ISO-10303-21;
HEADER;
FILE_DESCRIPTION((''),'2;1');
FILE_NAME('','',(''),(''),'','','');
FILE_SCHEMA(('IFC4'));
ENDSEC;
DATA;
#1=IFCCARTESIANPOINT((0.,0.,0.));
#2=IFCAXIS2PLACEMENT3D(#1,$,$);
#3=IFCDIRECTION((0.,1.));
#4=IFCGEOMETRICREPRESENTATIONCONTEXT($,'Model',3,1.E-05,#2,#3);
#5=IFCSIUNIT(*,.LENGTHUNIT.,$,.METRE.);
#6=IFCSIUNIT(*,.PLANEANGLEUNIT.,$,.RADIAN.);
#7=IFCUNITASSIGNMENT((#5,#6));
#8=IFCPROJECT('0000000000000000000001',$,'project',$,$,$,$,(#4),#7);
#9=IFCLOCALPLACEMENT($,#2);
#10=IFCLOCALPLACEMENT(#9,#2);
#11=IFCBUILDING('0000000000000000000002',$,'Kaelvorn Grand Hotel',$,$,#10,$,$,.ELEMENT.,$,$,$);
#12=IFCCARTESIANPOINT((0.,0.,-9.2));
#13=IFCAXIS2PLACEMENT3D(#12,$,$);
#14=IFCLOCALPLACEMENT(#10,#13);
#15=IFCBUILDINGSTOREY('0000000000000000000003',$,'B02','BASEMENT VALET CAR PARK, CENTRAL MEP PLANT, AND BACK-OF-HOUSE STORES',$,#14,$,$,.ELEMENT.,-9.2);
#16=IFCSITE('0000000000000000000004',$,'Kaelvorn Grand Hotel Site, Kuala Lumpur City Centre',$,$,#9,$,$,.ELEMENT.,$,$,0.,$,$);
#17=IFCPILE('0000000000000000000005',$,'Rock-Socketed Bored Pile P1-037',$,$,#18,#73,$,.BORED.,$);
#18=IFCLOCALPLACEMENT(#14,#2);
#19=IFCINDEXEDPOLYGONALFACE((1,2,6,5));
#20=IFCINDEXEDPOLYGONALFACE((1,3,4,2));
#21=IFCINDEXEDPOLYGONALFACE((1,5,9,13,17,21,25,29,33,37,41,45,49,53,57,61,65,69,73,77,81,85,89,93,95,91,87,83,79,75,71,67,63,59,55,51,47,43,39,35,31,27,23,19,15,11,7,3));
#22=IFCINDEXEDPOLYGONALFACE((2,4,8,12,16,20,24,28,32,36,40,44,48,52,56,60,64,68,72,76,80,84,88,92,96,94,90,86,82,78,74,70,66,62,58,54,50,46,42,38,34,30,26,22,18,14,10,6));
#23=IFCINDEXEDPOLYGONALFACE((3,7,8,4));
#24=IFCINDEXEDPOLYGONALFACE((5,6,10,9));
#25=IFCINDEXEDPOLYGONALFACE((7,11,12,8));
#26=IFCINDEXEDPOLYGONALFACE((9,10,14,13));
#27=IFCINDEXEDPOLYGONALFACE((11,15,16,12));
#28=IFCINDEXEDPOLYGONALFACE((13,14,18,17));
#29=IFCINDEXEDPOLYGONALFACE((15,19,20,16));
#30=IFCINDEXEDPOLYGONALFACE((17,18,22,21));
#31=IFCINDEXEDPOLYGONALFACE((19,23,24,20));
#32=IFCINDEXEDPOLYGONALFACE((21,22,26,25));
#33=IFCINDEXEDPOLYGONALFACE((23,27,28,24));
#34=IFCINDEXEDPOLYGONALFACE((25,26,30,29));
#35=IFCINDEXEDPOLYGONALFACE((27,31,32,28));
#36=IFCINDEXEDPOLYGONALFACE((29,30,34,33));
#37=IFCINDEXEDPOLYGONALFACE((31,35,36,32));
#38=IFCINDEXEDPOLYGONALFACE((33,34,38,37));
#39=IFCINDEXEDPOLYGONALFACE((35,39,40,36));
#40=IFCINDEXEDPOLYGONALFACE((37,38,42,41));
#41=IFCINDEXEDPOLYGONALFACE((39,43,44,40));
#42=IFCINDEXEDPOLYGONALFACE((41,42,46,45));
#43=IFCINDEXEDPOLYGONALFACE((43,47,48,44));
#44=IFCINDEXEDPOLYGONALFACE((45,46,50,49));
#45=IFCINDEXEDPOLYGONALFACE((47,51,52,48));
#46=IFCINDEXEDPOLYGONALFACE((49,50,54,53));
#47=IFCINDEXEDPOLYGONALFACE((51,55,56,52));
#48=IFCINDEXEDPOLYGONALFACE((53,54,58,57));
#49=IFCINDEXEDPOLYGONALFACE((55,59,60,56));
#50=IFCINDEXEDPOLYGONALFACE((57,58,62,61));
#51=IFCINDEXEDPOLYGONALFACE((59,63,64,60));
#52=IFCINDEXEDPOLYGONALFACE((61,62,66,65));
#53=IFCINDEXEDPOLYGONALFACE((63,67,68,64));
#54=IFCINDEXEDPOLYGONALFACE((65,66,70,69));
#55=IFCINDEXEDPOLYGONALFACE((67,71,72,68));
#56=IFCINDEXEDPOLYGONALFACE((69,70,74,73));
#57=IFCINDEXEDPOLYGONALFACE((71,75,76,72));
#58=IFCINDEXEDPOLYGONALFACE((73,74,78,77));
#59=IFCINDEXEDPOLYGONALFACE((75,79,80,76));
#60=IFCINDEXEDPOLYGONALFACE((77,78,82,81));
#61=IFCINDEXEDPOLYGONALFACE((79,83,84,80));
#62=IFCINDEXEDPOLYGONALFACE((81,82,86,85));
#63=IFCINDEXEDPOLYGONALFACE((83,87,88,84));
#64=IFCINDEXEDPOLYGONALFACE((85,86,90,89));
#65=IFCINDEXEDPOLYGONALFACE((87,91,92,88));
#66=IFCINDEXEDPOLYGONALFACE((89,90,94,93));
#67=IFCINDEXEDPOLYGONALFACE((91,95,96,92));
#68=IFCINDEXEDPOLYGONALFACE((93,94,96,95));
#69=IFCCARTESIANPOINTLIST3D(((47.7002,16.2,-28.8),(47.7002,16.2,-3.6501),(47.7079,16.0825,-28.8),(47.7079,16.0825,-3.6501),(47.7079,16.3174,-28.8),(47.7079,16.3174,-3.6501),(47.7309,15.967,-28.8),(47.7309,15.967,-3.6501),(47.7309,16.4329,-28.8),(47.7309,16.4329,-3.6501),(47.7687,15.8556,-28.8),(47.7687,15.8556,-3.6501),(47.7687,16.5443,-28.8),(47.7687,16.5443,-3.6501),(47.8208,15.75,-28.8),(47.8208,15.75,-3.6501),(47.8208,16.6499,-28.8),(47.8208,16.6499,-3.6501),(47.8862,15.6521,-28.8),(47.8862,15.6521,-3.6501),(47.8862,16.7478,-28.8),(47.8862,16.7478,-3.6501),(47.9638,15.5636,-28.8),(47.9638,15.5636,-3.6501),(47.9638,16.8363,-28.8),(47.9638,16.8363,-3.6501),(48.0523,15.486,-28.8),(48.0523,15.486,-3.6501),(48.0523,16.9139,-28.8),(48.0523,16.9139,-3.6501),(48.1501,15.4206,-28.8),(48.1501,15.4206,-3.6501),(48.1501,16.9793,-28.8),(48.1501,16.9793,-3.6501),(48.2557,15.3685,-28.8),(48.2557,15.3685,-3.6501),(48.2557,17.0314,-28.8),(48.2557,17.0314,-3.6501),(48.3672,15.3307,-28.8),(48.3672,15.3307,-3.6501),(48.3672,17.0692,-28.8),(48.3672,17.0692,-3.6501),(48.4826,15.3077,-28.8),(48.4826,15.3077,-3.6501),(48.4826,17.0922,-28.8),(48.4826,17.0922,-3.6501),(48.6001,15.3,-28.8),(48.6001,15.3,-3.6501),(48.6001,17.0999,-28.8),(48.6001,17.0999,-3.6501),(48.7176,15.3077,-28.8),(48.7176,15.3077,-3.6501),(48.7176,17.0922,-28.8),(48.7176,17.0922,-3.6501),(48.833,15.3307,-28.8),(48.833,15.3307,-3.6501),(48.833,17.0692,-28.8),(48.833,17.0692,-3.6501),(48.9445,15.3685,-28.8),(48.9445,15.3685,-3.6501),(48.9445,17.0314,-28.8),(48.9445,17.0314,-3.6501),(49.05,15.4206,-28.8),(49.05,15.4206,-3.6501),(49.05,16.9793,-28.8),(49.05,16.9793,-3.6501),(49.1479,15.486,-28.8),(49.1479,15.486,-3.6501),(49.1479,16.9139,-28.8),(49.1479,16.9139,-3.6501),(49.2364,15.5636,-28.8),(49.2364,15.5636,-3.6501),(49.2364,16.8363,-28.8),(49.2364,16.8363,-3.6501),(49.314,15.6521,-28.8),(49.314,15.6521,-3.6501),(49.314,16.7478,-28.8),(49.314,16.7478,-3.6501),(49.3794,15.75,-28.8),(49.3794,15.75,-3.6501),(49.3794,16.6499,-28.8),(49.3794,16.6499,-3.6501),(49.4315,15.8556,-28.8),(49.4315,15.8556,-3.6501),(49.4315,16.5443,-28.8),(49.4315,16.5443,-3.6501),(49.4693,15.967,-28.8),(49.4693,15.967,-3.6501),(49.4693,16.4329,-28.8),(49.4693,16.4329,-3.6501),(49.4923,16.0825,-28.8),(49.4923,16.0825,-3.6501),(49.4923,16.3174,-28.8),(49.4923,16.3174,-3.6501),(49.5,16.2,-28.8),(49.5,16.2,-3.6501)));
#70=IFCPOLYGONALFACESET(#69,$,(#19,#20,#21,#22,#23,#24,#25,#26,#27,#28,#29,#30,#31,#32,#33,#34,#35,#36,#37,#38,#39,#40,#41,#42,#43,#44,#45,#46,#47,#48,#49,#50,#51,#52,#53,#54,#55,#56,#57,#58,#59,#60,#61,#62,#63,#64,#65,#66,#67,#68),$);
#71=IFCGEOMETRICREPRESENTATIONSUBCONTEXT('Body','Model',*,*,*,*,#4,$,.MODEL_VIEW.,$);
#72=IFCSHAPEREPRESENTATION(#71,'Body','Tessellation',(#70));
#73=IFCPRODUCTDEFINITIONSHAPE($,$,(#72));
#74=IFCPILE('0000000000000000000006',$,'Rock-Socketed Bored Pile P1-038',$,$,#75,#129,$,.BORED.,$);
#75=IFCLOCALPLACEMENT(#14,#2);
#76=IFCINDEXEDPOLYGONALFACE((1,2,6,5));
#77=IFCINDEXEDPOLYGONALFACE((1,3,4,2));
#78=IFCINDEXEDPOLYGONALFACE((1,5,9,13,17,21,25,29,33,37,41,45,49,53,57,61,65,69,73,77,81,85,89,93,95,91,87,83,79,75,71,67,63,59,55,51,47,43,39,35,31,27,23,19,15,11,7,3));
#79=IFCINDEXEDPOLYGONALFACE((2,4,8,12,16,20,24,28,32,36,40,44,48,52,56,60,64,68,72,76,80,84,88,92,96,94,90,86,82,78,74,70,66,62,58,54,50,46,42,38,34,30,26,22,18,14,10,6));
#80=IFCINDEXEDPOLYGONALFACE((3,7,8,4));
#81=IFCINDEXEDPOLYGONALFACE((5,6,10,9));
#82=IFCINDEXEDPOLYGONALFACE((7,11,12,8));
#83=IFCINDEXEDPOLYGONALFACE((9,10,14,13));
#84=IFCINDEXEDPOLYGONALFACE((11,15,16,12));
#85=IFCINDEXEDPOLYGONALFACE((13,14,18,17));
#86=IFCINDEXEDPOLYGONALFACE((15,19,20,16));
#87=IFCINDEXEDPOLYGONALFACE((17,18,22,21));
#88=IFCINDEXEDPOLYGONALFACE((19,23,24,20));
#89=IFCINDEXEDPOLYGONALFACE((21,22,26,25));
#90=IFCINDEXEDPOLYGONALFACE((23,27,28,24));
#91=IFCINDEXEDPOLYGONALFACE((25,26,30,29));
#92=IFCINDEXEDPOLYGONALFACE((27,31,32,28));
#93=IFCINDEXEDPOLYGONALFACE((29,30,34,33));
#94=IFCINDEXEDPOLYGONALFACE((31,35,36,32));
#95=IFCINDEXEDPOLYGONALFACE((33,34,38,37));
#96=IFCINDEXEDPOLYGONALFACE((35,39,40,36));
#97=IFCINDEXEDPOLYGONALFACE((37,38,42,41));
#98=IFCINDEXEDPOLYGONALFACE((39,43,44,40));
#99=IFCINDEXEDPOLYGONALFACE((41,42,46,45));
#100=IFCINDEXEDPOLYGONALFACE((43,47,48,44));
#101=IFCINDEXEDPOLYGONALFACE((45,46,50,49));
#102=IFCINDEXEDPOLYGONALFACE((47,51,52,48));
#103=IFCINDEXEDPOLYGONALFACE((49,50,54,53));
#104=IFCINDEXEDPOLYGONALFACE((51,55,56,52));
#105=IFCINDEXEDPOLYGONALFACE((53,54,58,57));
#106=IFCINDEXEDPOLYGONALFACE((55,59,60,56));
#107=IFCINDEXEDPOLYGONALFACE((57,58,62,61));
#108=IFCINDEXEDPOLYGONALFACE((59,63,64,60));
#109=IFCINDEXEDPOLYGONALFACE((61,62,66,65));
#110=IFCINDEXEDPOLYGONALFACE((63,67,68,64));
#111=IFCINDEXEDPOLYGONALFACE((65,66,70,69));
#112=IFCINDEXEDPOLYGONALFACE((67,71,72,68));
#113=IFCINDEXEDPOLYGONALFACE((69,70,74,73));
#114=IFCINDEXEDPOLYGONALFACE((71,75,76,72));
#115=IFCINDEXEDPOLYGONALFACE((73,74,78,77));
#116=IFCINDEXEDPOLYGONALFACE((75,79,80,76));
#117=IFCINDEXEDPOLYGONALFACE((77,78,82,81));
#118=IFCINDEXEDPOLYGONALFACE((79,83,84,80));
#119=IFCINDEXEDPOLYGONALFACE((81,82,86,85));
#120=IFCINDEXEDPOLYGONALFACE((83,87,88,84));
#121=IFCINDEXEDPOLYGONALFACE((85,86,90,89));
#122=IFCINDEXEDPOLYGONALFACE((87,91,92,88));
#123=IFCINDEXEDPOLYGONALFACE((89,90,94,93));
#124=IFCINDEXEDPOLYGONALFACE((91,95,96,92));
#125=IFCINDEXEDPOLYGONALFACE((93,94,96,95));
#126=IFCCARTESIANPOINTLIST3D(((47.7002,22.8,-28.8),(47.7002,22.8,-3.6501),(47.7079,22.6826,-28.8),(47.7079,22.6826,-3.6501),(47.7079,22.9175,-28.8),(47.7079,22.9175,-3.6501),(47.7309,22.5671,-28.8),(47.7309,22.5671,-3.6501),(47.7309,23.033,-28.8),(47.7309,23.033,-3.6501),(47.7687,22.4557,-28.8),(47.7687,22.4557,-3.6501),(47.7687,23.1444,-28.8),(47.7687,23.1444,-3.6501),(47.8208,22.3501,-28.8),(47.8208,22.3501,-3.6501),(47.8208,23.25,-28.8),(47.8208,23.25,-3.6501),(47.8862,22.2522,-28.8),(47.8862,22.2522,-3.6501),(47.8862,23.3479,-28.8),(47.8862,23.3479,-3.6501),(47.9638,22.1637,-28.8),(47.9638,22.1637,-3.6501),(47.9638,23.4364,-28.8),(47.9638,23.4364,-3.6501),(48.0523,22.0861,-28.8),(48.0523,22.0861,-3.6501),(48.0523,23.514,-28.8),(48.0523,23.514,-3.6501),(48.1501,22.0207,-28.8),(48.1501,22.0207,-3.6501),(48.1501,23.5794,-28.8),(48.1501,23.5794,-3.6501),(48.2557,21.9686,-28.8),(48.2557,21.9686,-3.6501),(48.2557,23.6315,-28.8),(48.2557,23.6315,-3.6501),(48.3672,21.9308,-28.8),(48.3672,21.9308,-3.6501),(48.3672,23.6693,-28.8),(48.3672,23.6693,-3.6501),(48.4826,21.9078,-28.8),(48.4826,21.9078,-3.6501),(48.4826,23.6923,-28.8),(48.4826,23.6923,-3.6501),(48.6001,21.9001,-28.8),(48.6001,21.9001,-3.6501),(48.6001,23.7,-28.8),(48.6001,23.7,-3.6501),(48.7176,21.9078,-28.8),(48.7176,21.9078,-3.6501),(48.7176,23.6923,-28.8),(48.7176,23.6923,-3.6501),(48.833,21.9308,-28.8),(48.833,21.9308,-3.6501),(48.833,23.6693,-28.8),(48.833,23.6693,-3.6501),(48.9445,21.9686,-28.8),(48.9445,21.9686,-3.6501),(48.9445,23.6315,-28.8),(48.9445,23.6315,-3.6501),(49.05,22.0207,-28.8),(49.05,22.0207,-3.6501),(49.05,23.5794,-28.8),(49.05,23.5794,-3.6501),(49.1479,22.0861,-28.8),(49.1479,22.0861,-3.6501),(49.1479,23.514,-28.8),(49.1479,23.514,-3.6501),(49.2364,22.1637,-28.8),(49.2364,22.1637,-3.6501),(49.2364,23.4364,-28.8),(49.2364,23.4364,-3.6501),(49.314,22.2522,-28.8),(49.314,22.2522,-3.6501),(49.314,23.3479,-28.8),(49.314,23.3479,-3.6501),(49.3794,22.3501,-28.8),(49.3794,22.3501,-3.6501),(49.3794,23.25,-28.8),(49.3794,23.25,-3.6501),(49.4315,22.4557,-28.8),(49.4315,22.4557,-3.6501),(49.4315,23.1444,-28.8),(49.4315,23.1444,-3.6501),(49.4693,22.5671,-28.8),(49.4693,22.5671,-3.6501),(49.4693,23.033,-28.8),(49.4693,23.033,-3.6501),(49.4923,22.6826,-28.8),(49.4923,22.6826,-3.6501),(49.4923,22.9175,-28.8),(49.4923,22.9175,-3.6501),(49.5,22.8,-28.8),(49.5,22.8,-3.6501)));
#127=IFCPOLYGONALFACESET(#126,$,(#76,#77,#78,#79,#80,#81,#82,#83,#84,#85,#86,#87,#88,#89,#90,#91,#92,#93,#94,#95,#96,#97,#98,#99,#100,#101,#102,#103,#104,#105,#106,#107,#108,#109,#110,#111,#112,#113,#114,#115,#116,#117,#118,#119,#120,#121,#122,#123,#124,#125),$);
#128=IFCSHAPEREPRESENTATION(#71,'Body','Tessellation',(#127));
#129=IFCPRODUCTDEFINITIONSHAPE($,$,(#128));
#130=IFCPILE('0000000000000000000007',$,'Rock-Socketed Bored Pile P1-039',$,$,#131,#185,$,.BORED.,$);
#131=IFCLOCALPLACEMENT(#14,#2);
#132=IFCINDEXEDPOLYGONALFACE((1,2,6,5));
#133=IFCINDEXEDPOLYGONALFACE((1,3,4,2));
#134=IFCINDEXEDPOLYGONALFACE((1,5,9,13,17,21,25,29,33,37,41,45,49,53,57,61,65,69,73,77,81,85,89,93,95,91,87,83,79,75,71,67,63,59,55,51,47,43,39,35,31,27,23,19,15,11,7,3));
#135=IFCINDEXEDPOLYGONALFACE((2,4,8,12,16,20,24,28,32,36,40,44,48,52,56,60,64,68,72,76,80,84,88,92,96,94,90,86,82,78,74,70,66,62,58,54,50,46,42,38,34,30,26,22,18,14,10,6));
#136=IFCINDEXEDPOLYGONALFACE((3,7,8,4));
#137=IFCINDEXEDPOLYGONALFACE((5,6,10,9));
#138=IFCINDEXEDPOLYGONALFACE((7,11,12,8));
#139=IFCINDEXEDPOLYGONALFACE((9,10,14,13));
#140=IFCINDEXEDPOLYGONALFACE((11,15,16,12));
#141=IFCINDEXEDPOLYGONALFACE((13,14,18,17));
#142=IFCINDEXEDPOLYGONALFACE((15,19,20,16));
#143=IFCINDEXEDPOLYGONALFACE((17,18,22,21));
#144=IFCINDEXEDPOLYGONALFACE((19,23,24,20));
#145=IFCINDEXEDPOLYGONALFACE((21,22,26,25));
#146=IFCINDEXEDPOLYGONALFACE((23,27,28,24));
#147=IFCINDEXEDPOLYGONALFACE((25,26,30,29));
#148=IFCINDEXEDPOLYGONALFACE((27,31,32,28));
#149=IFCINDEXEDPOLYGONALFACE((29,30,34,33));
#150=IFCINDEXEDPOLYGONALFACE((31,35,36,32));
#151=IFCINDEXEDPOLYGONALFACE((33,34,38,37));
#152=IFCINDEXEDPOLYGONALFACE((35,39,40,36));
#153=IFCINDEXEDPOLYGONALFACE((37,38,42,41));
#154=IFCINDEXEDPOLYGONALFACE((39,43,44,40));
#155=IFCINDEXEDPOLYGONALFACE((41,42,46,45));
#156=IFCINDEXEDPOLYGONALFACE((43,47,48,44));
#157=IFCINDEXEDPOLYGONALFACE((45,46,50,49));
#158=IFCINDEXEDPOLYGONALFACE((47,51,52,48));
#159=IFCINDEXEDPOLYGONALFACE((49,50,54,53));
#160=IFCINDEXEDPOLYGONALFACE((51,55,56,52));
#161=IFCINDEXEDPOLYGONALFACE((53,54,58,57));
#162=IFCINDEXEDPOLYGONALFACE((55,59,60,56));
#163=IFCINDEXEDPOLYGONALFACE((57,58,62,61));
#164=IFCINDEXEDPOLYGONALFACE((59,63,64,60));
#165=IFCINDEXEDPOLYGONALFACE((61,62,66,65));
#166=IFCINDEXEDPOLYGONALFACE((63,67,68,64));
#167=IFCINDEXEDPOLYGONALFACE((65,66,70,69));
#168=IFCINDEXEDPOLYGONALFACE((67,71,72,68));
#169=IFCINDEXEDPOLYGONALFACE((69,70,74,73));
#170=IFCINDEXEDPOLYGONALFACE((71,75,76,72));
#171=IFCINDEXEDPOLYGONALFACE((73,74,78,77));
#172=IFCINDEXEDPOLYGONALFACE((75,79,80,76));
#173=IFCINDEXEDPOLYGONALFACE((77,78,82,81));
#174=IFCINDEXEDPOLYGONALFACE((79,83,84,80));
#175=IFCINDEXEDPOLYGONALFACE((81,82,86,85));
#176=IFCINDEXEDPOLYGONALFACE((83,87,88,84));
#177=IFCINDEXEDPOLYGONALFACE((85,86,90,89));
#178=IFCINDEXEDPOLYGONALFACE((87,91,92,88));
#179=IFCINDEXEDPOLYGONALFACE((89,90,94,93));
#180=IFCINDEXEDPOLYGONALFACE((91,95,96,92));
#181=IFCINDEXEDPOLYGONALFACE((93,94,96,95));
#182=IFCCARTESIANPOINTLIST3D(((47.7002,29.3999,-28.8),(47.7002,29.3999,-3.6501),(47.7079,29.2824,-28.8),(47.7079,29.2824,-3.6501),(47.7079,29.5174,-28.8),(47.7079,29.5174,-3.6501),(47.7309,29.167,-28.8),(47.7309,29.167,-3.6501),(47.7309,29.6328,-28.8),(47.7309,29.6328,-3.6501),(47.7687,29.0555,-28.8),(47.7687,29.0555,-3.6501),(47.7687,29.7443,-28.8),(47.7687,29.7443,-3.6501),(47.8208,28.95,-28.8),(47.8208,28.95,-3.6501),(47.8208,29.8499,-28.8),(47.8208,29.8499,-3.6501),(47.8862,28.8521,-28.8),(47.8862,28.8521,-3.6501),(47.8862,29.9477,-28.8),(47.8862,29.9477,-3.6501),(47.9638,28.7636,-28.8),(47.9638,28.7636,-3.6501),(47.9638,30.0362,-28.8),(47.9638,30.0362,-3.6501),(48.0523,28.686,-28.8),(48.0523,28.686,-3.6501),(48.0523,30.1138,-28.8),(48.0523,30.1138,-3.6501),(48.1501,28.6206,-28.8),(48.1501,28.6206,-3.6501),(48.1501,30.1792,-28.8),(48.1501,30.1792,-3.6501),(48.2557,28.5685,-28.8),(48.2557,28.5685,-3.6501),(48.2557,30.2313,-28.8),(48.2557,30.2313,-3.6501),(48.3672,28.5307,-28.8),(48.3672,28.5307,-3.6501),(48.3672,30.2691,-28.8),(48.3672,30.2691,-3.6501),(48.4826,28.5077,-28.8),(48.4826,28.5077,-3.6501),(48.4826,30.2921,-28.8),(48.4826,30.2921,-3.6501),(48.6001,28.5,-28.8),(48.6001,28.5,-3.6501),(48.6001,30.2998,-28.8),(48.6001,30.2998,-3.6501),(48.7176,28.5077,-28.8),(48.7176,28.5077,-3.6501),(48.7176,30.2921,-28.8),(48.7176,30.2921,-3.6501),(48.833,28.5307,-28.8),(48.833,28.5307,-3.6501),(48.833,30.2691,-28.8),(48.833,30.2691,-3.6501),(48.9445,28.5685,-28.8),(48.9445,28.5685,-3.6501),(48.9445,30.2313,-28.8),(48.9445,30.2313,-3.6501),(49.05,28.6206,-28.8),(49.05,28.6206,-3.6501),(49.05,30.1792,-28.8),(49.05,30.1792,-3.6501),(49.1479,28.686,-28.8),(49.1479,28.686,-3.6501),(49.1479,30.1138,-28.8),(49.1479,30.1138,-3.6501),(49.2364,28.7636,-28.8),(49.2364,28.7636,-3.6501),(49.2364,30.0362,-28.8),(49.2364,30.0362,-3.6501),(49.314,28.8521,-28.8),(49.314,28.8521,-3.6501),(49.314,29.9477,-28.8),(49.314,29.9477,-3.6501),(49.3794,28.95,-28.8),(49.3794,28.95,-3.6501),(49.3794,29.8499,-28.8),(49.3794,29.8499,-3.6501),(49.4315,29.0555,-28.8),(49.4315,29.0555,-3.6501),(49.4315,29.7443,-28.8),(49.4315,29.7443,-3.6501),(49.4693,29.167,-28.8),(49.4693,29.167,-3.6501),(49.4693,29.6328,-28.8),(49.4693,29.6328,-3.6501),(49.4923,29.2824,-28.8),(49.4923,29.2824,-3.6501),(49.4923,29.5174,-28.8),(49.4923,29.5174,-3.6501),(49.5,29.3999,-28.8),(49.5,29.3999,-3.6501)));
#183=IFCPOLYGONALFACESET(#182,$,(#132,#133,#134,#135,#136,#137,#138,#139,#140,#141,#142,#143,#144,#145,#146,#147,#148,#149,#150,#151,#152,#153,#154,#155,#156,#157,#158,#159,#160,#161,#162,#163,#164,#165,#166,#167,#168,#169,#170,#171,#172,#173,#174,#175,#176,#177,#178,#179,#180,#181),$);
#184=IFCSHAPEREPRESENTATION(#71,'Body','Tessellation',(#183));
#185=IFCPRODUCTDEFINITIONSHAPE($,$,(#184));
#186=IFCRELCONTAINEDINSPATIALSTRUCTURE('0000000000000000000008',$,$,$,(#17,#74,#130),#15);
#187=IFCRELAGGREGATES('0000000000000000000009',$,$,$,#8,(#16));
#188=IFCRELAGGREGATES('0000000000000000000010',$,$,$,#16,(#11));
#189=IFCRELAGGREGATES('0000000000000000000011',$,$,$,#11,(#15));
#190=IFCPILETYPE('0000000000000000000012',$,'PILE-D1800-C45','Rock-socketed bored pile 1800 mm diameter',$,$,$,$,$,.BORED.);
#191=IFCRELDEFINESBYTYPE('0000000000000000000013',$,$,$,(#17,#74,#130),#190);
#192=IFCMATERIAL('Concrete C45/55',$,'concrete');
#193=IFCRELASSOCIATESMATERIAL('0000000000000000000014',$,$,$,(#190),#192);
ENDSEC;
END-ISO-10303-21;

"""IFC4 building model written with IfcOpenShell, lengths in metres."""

from ifc_helpers import new_model, si_unit, direction, frame, origin, origin_2d, place, context, subcontext, project, spatial, circle, extrude, material, material_profile, profile_set, type_object, element, save


model = new_model("IFC4")

# Units and contexts
model_context = context("Model", 3, precision=1e-05, world=origin(), true_north=direction((0.0, 1.0)))
body_context = subcontext(model_context, "Body", "Model", "MODEL_VIEW")
ifc_project = project(units=[si_unit("LENGTHUNIT", "METRE"), si_unit("PLANEANGLEUNIT", "RADIAN")], contexts=[model_context])

# Site, building, storey
site_placement = place(None, origin())
site = spatial("IfcSite", under=ifc_project, at=site_placement, Name="Kaelvorn Grand Hotel Site, Kuala Lumpur City Centre", CompositionType="ELEMENT", RefElevation=0.0)
building_placement = place(site_placement, origin())
building = spatial("IfcBuilding", under=site, at=building_placement, Name="Kaelvorn Grand Hotel", CompositionType="ELEMENT")
storey_placement = place(building_placement, frame((0.0, 0.0, -9.2)))
storey = spatial("IfcBuildingStorey", under=building, at=storey_placement, Name="B02", Description="BASEMENT VALET CAR PARK, CENTRAL MEP PLANT, AND BACK-OF-HOUSE STORES", CompositionType="ELEMENT", Elevation=-9.2)

# Piles
ifc_material_1 = material(Name="Concrete C45/55", Category="concrete")
ifc_material_profile_1 = material_profile(ifc_material_1, circle(Radius=0.8999, at=origin_2d()), Name="BORED PILE D1800")
ifc_profile_set_1 = profile_set([ifc_material_profile_1], Name="Concrete C45/55")
pile_type = type_object("IfcPileType", Name="PILE-D1800-C45", Description="Rock-socketed bored pile 1800 mm diameter", PredefinedType="BORED", material=ifc_profile_set_1)
for number, where, z_axis, x_axis, name in (
    (1, (48.6001, 16.2, -3.6501), (0.0, 0.0, -1.0), (1.0, 0.0, 0.0), "Rock-Socketed Bored Pile P1-037"),
    (2, (48.6001, 22.8, -3.6501), (0.0, 0.0, -1.0), (1.0, 0.0, 0.0), "Rock-Socketed Bored Pile P1-038"),
    (3, (48.6001, 29.3999, -3.6501), (0.0, 0.0, -1.0), (1.0, 0.0, 0.0), "Rock-Socketed Bored Pile P1-039"),
):
    element("IfcPile", number, at=place(storey_placement, frame(where, z_axis=z_axis, x_axis=x_axis)), inside=storey, type_object=pile_type, Name=name, PredefinedType="BORED", context=body_context, shape_type="SweptSolid", body=[
        extrude(circle(Radius=0.8999, at=origin_2d()), origin(), (0.0, 0.0, 1.0), 25.1499),
    ])

save(model, "model.ifc")
